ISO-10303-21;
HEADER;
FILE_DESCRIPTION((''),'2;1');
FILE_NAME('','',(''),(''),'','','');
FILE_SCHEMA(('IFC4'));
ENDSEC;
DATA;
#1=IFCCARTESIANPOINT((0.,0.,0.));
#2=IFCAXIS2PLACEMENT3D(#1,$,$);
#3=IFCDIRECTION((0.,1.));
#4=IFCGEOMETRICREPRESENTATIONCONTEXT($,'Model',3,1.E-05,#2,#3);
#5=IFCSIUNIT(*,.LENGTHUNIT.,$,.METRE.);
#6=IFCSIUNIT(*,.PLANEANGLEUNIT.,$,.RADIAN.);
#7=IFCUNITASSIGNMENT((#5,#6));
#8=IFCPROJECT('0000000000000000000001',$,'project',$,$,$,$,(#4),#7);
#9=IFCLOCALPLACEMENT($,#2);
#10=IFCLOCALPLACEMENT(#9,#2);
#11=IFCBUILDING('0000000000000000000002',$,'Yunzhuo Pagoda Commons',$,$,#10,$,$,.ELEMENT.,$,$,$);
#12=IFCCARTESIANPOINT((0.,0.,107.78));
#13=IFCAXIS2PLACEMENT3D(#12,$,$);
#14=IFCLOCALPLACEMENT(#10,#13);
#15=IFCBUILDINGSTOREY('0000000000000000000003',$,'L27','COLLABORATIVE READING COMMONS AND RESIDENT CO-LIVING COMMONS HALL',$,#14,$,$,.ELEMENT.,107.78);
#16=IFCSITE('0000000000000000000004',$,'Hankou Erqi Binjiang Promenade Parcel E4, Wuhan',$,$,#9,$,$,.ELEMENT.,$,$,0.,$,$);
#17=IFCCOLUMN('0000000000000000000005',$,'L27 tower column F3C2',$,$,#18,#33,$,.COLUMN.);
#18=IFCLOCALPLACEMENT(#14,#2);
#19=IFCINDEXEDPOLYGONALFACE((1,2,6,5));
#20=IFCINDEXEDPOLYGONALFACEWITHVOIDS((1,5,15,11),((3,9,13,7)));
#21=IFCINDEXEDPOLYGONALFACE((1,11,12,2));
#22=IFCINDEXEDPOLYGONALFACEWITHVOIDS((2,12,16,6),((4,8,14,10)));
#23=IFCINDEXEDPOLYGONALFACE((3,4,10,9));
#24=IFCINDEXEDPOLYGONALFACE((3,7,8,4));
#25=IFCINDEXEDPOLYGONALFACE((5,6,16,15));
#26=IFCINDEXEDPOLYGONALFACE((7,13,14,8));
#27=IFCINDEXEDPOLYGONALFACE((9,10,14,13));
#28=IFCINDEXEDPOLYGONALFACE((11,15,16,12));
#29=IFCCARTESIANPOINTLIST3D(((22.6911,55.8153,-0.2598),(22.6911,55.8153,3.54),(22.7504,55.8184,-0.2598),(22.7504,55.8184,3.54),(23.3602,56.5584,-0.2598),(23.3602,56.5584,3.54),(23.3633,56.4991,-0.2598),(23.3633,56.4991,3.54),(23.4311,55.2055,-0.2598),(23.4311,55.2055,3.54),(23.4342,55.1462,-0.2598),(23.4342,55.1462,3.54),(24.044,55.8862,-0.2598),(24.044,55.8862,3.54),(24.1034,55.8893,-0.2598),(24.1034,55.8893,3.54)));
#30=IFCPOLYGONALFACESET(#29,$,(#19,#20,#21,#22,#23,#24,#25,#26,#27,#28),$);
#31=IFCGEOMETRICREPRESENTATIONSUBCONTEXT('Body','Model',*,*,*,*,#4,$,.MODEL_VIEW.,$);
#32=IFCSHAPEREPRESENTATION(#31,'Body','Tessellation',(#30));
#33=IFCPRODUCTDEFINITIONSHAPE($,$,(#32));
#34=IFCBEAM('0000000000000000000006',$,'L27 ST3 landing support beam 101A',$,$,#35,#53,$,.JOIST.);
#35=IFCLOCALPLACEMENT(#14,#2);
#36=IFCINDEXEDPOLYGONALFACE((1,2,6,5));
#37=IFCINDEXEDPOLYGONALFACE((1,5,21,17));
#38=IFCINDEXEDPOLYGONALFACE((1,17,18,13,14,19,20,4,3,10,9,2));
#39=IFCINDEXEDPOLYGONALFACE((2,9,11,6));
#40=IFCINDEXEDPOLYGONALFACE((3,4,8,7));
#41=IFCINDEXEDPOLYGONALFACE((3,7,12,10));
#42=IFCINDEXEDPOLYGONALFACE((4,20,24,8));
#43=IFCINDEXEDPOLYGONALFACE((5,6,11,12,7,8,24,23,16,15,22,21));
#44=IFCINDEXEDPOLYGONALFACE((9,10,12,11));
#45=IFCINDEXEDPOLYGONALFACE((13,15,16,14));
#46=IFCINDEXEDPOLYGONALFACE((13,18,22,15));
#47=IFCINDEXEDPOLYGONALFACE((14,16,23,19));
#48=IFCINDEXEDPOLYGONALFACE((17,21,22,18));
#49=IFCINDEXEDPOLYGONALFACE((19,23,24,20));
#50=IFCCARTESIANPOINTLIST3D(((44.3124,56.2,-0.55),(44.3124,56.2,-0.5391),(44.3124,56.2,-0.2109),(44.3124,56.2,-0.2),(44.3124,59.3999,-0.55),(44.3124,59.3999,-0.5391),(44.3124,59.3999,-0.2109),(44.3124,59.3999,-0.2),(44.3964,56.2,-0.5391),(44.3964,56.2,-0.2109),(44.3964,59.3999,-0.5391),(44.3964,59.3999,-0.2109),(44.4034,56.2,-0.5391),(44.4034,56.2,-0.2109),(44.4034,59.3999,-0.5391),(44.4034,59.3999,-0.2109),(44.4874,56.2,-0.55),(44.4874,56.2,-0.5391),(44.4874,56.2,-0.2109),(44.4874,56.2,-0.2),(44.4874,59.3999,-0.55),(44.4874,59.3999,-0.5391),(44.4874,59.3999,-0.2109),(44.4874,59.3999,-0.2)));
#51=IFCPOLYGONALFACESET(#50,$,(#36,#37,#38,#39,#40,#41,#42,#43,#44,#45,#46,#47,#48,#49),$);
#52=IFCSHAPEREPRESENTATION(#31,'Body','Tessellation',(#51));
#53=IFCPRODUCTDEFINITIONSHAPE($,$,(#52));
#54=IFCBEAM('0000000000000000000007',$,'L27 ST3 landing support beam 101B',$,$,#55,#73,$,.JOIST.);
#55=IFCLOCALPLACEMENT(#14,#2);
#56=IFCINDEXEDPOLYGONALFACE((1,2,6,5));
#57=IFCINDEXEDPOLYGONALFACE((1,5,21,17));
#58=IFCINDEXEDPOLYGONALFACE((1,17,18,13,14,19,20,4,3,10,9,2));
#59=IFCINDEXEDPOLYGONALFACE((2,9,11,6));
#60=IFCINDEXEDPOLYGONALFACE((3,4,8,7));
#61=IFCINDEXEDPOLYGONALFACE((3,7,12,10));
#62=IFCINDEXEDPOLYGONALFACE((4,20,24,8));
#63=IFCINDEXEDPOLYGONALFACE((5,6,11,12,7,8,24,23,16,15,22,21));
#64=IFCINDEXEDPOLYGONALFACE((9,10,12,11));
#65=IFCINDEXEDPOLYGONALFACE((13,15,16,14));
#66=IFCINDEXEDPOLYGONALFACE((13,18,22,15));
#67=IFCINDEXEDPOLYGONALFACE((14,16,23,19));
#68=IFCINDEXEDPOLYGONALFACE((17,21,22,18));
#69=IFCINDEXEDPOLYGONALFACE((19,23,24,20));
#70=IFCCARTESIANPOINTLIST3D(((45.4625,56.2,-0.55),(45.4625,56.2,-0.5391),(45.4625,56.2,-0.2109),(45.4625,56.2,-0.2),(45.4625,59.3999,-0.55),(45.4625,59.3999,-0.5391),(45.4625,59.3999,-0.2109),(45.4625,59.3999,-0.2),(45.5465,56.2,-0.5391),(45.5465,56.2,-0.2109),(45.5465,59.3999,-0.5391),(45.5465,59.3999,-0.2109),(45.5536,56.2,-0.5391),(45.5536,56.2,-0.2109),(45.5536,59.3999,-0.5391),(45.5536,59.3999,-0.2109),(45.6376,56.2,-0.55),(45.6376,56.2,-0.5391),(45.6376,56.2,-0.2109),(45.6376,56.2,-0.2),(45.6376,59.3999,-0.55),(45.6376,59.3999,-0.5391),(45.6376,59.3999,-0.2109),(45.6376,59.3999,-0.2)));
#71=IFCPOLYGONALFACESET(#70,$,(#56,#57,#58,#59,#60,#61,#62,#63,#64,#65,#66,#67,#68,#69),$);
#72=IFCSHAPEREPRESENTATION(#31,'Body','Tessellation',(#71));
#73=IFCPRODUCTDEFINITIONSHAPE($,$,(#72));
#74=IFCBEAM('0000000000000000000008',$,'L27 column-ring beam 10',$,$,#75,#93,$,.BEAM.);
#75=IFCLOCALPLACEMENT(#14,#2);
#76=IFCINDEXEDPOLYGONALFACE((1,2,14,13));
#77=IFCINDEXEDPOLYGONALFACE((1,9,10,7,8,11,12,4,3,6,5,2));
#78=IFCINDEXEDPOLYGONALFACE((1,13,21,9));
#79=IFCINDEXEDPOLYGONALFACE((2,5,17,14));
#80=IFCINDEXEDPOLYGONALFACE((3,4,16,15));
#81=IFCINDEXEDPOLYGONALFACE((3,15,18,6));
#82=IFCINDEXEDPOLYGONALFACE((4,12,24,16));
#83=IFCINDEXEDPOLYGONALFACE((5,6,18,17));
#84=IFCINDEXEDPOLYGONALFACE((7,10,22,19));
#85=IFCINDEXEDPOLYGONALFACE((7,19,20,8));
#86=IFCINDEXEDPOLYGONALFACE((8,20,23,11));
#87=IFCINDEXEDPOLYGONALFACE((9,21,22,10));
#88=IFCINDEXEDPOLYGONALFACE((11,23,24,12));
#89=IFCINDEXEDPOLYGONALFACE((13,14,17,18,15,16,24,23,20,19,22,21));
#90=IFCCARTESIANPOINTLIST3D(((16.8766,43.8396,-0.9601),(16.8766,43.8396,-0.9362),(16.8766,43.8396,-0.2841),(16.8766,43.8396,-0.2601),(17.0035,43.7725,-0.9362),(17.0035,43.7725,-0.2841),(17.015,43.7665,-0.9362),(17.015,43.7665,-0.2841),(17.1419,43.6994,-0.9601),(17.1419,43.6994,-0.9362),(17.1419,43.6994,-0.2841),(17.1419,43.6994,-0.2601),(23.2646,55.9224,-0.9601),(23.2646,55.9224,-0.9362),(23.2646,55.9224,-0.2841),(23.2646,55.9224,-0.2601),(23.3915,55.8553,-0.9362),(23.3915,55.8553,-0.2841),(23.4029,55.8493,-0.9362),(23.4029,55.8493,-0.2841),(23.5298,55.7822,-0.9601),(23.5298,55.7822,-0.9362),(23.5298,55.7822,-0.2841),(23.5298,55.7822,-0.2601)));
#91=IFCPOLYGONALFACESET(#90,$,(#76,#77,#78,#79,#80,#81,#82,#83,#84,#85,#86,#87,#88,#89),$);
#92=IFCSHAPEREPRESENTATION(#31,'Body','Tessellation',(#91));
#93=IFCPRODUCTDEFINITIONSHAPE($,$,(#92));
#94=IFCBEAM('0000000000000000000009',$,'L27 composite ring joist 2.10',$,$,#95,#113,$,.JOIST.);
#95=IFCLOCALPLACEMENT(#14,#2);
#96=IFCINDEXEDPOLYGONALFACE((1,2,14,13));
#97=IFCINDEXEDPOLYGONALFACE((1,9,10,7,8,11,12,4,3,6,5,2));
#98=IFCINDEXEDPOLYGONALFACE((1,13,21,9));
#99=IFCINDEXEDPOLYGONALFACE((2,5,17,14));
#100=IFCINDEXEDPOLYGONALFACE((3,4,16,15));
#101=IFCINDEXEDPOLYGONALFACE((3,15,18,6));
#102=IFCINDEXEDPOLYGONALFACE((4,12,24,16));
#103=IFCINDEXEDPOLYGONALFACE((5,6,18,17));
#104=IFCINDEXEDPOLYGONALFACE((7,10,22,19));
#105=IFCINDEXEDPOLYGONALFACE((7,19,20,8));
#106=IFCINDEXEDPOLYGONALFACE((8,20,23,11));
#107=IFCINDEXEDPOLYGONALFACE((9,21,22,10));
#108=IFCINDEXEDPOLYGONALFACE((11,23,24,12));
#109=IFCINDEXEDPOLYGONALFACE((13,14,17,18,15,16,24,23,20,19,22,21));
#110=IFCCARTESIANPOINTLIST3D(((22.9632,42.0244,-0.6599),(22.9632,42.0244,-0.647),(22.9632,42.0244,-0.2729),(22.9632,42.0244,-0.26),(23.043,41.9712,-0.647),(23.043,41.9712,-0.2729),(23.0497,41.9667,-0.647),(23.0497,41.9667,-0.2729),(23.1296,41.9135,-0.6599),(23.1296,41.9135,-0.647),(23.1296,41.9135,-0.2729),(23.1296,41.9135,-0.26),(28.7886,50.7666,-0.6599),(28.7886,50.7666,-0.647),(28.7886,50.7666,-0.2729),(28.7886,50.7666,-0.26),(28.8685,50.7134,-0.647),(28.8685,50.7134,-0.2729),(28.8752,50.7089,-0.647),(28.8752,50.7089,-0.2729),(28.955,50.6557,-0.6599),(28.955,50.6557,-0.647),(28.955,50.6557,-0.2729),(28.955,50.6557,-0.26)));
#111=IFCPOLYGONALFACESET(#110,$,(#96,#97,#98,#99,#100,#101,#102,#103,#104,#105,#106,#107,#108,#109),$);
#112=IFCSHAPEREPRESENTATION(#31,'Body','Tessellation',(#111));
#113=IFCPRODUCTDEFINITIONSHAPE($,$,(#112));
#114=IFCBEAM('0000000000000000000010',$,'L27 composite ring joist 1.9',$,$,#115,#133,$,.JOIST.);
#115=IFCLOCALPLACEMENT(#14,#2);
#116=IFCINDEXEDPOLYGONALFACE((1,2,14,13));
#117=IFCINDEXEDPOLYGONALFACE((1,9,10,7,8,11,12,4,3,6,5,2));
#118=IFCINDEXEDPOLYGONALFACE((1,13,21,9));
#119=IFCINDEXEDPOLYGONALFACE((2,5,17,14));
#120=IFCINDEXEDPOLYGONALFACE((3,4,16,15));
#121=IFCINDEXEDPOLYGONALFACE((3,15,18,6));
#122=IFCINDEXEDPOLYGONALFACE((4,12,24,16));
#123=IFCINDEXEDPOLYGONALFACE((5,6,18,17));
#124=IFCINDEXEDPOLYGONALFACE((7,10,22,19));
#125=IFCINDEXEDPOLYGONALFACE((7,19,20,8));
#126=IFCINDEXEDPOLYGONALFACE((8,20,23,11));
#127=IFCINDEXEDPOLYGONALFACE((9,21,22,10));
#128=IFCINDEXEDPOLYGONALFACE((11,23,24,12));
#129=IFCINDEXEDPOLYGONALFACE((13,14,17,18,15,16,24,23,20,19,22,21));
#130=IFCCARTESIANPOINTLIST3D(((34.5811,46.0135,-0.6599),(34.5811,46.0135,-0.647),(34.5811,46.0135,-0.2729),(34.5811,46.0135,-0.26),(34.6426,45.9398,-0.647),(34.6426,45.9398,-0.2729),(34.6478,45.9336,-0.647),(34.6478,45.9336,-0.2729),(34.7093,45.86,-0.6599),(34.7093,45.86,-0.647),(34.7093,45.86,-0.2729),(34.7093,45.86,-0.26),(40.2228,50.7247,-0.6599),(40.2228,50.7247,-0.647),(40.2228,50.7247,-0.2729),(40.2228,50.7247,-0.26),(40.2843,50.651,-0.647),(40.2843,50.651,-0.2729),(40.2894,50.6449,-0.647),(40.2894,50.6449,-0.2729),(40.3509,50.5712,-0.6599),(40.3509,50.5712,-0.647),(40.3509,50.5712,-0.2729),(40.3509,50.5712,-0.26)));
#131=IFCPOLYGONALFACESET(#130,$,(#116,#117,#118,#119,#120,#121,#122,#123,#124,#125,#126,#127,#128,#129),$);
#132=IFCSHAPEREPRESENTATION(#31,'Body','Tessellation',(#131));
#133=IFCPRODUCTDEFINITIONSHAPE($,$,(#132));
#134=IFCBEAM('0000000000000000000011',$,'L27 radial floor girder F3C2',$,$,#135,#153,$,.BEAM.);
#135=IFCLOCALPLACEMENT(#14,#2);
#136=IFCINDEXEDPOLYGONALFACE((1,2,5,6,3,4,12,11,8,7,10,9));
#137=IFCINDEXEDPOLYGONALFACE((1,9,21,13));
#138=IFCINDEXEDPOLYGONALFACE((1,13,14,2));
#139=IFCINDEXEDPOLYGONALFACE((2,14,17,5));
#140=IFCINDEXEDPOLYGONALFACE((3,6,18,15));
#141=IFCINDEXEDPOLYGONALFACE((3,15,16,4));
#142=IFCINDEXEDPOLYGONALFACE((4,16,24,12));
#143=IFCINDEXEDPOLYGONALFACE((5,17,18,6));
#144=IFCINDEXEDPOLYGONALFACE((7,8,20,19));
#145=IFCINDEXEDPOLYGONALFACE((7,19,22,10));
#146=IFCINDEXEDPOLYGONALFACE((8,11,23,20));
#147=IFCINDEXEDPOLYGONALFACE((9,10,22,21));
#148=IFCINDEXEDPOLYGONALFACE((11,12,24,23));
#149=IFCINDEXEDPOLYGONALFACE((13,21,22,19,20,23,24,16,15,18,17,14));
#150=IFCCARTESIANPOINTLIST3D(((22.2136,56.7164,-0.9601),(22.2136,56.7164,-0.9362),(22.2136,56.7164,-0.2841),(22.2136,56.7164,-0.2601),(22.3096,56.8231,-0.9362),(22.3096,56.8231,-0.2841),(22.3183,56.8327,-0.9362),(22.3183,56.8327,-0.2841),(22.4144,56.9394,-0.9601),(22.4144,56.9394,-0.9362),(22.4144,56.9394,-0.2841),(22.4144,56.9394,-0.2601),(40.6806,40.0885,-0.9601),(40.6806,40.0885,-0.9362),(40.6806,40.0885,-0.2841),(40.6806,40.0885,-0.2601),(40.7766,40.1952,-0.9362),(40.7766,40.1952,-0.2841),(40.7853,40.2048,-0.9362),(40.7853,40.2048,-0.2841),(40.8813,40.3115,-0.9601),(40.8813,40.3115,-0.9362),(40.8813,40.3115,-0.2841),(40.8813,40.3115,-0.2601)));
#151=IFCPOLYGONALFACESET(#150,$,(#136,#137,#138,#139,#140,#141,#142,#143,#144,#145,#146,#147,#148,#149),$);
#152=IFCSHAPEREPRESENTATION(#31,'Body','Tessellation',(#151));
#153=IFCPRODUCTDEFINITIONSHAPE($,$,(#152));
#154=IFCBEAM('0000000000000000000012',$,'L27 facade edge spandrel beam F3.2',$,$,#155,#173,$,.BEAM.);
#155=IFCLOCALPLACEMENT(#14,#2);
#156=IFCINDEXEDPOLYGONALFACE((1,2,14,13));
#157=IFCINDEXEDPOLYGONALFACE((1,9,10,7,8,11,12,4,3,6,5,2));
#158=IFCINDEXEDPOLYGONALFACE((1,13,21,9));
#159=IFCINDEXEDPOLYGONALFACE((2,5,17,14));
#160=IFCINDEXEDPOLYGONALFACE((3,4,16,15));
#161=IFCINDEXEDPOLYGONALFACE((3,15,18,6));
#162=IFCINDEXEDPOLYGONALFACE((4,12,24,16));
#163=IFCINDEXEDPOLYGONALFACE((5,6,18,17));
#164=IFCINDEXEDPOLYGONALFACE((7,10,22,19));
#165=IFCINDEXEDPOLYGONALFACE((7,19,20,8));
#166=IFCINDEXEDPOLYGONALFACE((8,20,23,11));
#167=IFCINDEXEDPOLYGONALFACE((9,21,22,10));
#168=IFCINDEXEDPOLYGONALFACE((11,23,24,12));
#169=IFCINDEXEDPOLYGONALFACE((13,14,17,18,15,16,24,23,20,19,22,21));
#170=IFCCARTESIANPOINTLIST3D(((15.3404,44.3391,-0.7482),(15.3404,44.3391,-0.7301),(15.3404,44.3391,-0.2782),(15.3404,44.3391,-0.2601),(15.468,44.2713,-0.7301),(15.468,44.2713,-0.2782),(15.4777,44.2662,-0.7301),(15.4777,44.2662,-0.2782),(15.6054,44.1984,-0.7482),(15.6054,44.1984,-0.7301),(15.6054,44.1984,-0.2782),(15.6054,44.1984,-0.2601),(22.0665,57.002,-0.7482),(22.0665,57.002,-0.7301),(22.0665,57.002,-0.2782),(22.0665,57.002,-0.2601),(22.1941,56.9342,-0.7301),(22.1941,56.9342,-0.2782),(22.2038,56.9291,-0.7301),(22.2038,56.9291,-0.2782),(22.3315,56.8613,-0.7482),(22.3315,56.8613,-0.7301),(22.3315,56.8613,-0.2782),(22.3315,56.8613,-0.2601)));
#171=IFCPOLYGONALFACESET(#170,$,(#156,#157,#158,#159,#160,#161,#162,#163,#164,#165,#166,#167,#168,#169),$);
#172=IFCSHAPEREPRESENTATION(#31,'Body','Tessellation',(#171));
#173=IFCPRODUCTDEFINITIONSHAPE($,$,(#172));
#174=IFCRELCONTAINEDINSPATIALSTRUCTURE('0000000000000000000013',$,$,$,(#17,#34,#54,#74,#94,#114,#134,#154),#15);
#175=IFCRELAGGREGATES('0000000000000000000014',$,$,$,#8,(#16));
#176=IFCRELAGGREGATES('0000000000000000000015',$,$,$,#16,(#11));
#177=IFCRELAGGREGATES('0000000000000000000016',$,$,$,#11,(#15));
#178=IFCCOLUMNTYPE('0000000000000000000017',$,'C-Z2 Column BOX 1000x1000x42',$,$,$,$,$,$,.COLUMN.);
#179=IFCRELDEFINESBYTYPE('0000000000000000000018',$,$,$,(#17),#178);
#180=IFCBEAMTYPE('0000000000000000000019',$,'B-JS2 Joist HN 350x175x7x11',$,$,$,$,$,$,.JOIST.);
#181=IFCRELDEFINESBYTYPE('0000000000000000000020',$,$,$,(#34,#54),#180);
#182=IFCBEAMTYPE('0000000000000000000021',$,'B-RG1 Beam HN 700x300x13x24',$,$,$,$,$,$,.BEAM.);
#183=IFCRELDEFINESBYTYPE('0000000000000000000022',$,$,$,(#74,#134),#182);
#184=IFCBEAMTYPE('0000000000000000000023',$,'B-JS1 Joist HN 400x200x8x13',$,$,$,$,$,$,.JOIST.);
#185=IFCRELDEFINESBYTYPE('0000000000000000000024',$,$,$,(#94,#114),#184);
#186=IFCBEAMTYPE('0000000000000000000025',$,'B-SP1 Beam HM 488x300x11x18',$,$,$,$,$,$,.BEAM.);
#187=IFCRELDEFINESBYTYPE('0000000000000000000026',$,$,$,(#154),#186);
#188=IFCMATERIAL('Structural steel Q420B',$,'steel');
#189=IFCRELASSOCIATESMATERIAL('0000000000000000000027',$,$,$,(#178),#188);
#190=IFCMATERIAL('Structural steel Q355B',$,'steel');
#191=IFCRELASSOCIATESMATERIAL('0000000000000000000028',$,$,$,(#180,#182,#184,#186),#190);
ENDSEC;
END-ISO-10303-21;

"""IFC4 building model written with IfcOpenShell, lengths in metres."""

from ifc_helpers import new_model, si_unit, direction, frame, origin, origin_2d, place, context, subcontext, project, spatial, hollow_rectangle, i_section, extrude, source, transform, mapped, material, material_profile, profile_set, type_object, element, save


model = new_model("IFC4")

# Units and contexts
model_context = context("Model", 3, precision=1e-05, world=origin(), true_north=direction((0.0, 1.0)))
body_context = subcontext(model_context, "Body", "Model", "MODEL_VIEW")
ifc_project = project(units=[si_unit("LENGTHUNIT", "METRE"), si_unit("PLANEANGLEUNIT", "RADIAN")], contexts=[model_context])

# Site, building, storey
site_placement = place(None, origin())
site = spatial("IfcSite", under=ifc_project, at=site_placement, Name="Hankou Erqi Binjiang Promenade Parcel E4, Wuhan", CompositionType="ELEMENT", RefElevation=0.0)
building_placement = place(site_placement, origin())
building = spatial("IfcBuilding", under=site, at=building_placement, Name="Yunzhuo Pagoda Commons", CompositionType="ELEMENT")
storey_placement = place(building_placement, frame((0.0, 0.0, 107.78)))
storey = spatial("IfcBuildingStorey", under=building, at=storey_placement, Name="L27", Description="COLLABORATIVE READING COMMONS AND RESIDENT CO-LIVING COMMONS HALL", CompositionType="ELEMENT", Elevation=107.78)

# Column
ifc_material_1 = material(Name="Structural steel Q420B", Category="steel")
ifc_material_profile_1 = material_profile(ifc_material_1, hollow_rectangle(XDim=1.0, YDim=1.0, WallThickness=0.042, at=origin_2d()), Name="Structural steel Q420B")
ifc_profile_set_1 = profile_set([ifc_material_profile_1], Name="Structural steel Q420B")
column_type = type_object("IfcColumnType", Name="C-Z2 Column BOX 1000x1000x42", PredefinedType="COLUMN", material=ifc_profile_set_1)
shared_shape_1 = source(origin(), body_context, "Body", "SweptSolid", [
    extrude(hollow_rectangle(XDim=1.0, YDim=1.0, WallThickness=0.042, at=origin_2d()), origin(), (0.0, 0.0, 1.0), 3.7998),
])
column_placement = place(storey_placement, frame((23.3972, 55.8523, -0.2598), z_axis=(0.0, 0.0, 1.0), x_axis=(-0.669131, -0.743145, 0.0)))
element("IfcColumn", 1, at=column_placement, inside=storey, type_object=column_type, Name="L27 tower column F3C2", PredefinedType="COLUMN", context=body_context, shape_type="MappedRepresentation", body=[
    mapped(shared_shape_1, transform((0.0, 0.0, 0.0), scale=1.0)),
])

# Beams
ifc_material_2 = material(Name="Structural steel Q355B", Category="steel")
ifc_material_profile_2 = material_profile(ifc_material_2, i_section(OverallWidth=0.175, OverallDepth=0.3501, WebThickness=0.0071, FlangeThickness=0.011, at=origin_2d()), Name="Structural steel Q355B")
ifc_profile_set_2 = profile_set([ifc_material_profile_2], Name="Structural steel Q355B")
beam_type_1 = type_object("IfcBeamType", Name="B-JS2 Joist HN 350x175x7x11", PredefinedType="JOIST", material=ifc_profile_set_2)
shared_shape_2 = source(origin(), body_context, "Body", "SweptSolid", [
    extrude(i_section(OverallWidth=0.175, OverallDepth=0.3501, WebThickness=0.0071, FlangeThickness=0.011, at=origin_2d()), origin(), (0.0, 0.0, 1.0), 3.2),
])
for number, where, z_axis, x_axis, name in (
    (2, (44.3999, 56.2, -0.375), (0.0, 1.0, 0.0), (-1.0, 0.0, 0.0), "L27 ST3 landing support beam 101A"),
    (3, (45.55, 56.2, -0.375), (0.0, 1.0, 0.0), (-1.0, 0.0, 0.0), "L27 ST3 landing support beam 101B"),
):
    element("IfcBeam", number, at=place(storey_placement, frame(where, z_axis=z_axis, x_axis=x_axis)), inside=storey, type_object=beam_type_1, Name=name, PredefinedType="JOIST", context=body_context, shape_type="MappedRepresentation", body=[
        mapped(shared_shape_2, transform((0.0, 0.0, 0.0), scale=1.0)),
    ])
ifc_material_profile_3 = material_profile(ifc_material_2, i_section(OverallWidth=0.3, OverallDepth=0.7, WebThickness=0.0129, FlangeThickness=0.0239, at=origin_2d()), Name="Structural steel Q355B")
ifc_profile_set_3 = profile_set([ifc_material_profile_3], Name="Structural steel Q355B")
beam_type_2 = type_object("IfcBeamType", Name="B-RG1 Beam HN 700x300x13x24", PredefinedType="BEAM", material=ifc_profile_set_3)
shared_shape_3 = source(origin(), body_context, "Body", "SweptSolid", [
    extrude(i_section(OverallWidth=0.3, OverallDepth=0.7, WebThickness=0.0129, FlangeThickness=0.0239, at=origin_2d()), origin(), (0.0, 0.0, 1.0), 13.6675),
])
beam_1_placement = place(storey_placement, frame((23.3972, 55.8523, -0.6101), z_axis=(-0.467384, -0.884055, 0.0), x_axis=(0.884055, -0.467384, 0.0)))
element("IfcBeam", 4, at=beam_1_placement, inside=storey, type_object=beam_type_2, Name="L27 column-ring beam 10", PredefinedType="BEAM", context=body_context, shape_type="MappedRepresentation", body=[
    mapped(shared_shape_3, transform((0.0, 0.0, 0.0), scale=1.0)),
])
ifc_material_profile_4 = material_profile(ifc_material_2, i_section(OverallWidth=0.2, OverallDepth=0.3999, WebThickness=0.0081, FlangeThickness=0.0129, at=origin_2d()), Name="Structural steel Q355B")
ifc_profile_set_4 = profile_set([ifc_material_profile_4], Name="Structural steel Q355B")
beam_type_3 = type_object("IfcBeamType", Name="B-JS1 Joist HN 400x200x8x13", PredefinedType="JOIST", material=ifc_profile_set_4)
shared_shape_4 = source(origin(), body_context, "Body", "SweptSolid", [
    extrude(i_section(OverallWidth=0.2, OverallDepth=0.3999, WebThickness=0.0081, FlangeThickness=0.0129, at=origin_2d()), origin(), (0.0, 0.0, 1.0), 10.5054),
])
beam_2_placement = place(storey_placement, frame((28.8718, 50.7112, -0.46), z_axis=(-0.554523, -0.832168, 0.0), x_axis=(0.832168, -0.554523, 0.0)))
element("IfcBeam", 5, at=beam_2_placement, inside=storey, type_object=beam_type_3, Name="L27 composite ring joist 2.10", PredefinedType="JOIST", context=body_context, shape_type="MappedRepresentation", body=[
    mapped(shared_shape_4, transform((0.0, 0.0, 0.0), scale=1.0)),
])
shared_shape_5 = source(origin(), body_context, "Body", "SweptSolid", [
    extrude(i_section(OverallWidth=0.2, OverallDepth=0.3999, WebThickness=0.0081, FlangeThickness=0.0129, at=origin_2d()), origin(), (0.0, 0.0, 1.0), 7.3501),
])
beam_3_placement = place(storey_placement, frame((40.2869, 50.6479, -0.46), z_axis=(-0.767562, -0.640975, 0.0), x_axis=(0.640975, -0.767562, 0.0)))
element("IfcBeam", 6, at=beam_3_placement, inside=storey, type_object=beam_type_3, Name="L27 composite ring joist 1.9", PredefinedType="JOIST", context=body_context, shape_type="MappedRepresentation", body=[
    mapped(shared_shape_5, transform((0.0, 0.0, 0.0), scale=1.0)),
])
shared_shape_6 = source(origin(), body_context, "Body", "SweptSolid", [
    extrude(i_section(OverallWidth=0.3, OverallDepth=0.7, WebThickness=0.0129, FlangeThickness=0.0239, at=origin_2d()), origin(), (0.0, 0.0, 1.0), 24.8499),
])
beam_4_placement = place(storey_placement, frame((22.314, 56.8279, -0.6101), z_axis=(0.743142, -0.669134, 0.0), x_axis=(0.669134, 0.743142, 0.0)))
element("IfcBeam", 7, at=beam_4_placement, inside=storey, type_object=beam_type_2, Name="L27 radial floor girder F3C2", PredefinedType="BEAM", context=body_context, shape_type="MappedRepresentation", body=[
    mapped(shared_shape_6, transform((0.0, 0.0, 0.0), scale=1.0)),
])
ifc_material_profile_5 = material_profile(ifc_material_2, i_section(OverallWidth=0.3, OverallDepth=0.488, WebThickness=0.011, FlangeThickness=0.0181, at=origin_2d()), Name="Structural steel Q355B")
ifc_profile_set_5 = profile_set([ifc_material_profile_5], Name="Structural steel Q355B")
beam_type_4 = type_object("IfcBeamType", Name="B-SP1 Beam HM 488x300x11x18", PredefinedType="BEAM", material=ifc_profile_set_5)
shared_shape_7 = source(origin(), body_context, "Body", "SweptSolid", [
    extrude(i_section(OverallWidth=0.3, OverallDepth=0.488, WebThickness=0.011, FlangeThickness=0.0181, at=origin_2d()), origin(), (0.0, 0.0, 1.0), 14.3384),
])
beam_5_placement = place(storey_placement, frame((22.199, 56.9316, -0.5042), z_axis=(-0.469098, -0.883146, 0.0), x_axis=(0.883146, -0.469098, 0.0)))
element("IfcBeam", 8, at=beam_5_placement, inside=storey, type_object=beam_type_4, Name="L27 facade edge spandrel beam F3.2", PredefinedType="BEAM", context=body_context, shape_type="MappedRepresentation", body=[
    mapped(shared_shape_7, transform((0.0, 0.0, 0.0), scale=1.0)),
])

save(model, "model.ifc")
